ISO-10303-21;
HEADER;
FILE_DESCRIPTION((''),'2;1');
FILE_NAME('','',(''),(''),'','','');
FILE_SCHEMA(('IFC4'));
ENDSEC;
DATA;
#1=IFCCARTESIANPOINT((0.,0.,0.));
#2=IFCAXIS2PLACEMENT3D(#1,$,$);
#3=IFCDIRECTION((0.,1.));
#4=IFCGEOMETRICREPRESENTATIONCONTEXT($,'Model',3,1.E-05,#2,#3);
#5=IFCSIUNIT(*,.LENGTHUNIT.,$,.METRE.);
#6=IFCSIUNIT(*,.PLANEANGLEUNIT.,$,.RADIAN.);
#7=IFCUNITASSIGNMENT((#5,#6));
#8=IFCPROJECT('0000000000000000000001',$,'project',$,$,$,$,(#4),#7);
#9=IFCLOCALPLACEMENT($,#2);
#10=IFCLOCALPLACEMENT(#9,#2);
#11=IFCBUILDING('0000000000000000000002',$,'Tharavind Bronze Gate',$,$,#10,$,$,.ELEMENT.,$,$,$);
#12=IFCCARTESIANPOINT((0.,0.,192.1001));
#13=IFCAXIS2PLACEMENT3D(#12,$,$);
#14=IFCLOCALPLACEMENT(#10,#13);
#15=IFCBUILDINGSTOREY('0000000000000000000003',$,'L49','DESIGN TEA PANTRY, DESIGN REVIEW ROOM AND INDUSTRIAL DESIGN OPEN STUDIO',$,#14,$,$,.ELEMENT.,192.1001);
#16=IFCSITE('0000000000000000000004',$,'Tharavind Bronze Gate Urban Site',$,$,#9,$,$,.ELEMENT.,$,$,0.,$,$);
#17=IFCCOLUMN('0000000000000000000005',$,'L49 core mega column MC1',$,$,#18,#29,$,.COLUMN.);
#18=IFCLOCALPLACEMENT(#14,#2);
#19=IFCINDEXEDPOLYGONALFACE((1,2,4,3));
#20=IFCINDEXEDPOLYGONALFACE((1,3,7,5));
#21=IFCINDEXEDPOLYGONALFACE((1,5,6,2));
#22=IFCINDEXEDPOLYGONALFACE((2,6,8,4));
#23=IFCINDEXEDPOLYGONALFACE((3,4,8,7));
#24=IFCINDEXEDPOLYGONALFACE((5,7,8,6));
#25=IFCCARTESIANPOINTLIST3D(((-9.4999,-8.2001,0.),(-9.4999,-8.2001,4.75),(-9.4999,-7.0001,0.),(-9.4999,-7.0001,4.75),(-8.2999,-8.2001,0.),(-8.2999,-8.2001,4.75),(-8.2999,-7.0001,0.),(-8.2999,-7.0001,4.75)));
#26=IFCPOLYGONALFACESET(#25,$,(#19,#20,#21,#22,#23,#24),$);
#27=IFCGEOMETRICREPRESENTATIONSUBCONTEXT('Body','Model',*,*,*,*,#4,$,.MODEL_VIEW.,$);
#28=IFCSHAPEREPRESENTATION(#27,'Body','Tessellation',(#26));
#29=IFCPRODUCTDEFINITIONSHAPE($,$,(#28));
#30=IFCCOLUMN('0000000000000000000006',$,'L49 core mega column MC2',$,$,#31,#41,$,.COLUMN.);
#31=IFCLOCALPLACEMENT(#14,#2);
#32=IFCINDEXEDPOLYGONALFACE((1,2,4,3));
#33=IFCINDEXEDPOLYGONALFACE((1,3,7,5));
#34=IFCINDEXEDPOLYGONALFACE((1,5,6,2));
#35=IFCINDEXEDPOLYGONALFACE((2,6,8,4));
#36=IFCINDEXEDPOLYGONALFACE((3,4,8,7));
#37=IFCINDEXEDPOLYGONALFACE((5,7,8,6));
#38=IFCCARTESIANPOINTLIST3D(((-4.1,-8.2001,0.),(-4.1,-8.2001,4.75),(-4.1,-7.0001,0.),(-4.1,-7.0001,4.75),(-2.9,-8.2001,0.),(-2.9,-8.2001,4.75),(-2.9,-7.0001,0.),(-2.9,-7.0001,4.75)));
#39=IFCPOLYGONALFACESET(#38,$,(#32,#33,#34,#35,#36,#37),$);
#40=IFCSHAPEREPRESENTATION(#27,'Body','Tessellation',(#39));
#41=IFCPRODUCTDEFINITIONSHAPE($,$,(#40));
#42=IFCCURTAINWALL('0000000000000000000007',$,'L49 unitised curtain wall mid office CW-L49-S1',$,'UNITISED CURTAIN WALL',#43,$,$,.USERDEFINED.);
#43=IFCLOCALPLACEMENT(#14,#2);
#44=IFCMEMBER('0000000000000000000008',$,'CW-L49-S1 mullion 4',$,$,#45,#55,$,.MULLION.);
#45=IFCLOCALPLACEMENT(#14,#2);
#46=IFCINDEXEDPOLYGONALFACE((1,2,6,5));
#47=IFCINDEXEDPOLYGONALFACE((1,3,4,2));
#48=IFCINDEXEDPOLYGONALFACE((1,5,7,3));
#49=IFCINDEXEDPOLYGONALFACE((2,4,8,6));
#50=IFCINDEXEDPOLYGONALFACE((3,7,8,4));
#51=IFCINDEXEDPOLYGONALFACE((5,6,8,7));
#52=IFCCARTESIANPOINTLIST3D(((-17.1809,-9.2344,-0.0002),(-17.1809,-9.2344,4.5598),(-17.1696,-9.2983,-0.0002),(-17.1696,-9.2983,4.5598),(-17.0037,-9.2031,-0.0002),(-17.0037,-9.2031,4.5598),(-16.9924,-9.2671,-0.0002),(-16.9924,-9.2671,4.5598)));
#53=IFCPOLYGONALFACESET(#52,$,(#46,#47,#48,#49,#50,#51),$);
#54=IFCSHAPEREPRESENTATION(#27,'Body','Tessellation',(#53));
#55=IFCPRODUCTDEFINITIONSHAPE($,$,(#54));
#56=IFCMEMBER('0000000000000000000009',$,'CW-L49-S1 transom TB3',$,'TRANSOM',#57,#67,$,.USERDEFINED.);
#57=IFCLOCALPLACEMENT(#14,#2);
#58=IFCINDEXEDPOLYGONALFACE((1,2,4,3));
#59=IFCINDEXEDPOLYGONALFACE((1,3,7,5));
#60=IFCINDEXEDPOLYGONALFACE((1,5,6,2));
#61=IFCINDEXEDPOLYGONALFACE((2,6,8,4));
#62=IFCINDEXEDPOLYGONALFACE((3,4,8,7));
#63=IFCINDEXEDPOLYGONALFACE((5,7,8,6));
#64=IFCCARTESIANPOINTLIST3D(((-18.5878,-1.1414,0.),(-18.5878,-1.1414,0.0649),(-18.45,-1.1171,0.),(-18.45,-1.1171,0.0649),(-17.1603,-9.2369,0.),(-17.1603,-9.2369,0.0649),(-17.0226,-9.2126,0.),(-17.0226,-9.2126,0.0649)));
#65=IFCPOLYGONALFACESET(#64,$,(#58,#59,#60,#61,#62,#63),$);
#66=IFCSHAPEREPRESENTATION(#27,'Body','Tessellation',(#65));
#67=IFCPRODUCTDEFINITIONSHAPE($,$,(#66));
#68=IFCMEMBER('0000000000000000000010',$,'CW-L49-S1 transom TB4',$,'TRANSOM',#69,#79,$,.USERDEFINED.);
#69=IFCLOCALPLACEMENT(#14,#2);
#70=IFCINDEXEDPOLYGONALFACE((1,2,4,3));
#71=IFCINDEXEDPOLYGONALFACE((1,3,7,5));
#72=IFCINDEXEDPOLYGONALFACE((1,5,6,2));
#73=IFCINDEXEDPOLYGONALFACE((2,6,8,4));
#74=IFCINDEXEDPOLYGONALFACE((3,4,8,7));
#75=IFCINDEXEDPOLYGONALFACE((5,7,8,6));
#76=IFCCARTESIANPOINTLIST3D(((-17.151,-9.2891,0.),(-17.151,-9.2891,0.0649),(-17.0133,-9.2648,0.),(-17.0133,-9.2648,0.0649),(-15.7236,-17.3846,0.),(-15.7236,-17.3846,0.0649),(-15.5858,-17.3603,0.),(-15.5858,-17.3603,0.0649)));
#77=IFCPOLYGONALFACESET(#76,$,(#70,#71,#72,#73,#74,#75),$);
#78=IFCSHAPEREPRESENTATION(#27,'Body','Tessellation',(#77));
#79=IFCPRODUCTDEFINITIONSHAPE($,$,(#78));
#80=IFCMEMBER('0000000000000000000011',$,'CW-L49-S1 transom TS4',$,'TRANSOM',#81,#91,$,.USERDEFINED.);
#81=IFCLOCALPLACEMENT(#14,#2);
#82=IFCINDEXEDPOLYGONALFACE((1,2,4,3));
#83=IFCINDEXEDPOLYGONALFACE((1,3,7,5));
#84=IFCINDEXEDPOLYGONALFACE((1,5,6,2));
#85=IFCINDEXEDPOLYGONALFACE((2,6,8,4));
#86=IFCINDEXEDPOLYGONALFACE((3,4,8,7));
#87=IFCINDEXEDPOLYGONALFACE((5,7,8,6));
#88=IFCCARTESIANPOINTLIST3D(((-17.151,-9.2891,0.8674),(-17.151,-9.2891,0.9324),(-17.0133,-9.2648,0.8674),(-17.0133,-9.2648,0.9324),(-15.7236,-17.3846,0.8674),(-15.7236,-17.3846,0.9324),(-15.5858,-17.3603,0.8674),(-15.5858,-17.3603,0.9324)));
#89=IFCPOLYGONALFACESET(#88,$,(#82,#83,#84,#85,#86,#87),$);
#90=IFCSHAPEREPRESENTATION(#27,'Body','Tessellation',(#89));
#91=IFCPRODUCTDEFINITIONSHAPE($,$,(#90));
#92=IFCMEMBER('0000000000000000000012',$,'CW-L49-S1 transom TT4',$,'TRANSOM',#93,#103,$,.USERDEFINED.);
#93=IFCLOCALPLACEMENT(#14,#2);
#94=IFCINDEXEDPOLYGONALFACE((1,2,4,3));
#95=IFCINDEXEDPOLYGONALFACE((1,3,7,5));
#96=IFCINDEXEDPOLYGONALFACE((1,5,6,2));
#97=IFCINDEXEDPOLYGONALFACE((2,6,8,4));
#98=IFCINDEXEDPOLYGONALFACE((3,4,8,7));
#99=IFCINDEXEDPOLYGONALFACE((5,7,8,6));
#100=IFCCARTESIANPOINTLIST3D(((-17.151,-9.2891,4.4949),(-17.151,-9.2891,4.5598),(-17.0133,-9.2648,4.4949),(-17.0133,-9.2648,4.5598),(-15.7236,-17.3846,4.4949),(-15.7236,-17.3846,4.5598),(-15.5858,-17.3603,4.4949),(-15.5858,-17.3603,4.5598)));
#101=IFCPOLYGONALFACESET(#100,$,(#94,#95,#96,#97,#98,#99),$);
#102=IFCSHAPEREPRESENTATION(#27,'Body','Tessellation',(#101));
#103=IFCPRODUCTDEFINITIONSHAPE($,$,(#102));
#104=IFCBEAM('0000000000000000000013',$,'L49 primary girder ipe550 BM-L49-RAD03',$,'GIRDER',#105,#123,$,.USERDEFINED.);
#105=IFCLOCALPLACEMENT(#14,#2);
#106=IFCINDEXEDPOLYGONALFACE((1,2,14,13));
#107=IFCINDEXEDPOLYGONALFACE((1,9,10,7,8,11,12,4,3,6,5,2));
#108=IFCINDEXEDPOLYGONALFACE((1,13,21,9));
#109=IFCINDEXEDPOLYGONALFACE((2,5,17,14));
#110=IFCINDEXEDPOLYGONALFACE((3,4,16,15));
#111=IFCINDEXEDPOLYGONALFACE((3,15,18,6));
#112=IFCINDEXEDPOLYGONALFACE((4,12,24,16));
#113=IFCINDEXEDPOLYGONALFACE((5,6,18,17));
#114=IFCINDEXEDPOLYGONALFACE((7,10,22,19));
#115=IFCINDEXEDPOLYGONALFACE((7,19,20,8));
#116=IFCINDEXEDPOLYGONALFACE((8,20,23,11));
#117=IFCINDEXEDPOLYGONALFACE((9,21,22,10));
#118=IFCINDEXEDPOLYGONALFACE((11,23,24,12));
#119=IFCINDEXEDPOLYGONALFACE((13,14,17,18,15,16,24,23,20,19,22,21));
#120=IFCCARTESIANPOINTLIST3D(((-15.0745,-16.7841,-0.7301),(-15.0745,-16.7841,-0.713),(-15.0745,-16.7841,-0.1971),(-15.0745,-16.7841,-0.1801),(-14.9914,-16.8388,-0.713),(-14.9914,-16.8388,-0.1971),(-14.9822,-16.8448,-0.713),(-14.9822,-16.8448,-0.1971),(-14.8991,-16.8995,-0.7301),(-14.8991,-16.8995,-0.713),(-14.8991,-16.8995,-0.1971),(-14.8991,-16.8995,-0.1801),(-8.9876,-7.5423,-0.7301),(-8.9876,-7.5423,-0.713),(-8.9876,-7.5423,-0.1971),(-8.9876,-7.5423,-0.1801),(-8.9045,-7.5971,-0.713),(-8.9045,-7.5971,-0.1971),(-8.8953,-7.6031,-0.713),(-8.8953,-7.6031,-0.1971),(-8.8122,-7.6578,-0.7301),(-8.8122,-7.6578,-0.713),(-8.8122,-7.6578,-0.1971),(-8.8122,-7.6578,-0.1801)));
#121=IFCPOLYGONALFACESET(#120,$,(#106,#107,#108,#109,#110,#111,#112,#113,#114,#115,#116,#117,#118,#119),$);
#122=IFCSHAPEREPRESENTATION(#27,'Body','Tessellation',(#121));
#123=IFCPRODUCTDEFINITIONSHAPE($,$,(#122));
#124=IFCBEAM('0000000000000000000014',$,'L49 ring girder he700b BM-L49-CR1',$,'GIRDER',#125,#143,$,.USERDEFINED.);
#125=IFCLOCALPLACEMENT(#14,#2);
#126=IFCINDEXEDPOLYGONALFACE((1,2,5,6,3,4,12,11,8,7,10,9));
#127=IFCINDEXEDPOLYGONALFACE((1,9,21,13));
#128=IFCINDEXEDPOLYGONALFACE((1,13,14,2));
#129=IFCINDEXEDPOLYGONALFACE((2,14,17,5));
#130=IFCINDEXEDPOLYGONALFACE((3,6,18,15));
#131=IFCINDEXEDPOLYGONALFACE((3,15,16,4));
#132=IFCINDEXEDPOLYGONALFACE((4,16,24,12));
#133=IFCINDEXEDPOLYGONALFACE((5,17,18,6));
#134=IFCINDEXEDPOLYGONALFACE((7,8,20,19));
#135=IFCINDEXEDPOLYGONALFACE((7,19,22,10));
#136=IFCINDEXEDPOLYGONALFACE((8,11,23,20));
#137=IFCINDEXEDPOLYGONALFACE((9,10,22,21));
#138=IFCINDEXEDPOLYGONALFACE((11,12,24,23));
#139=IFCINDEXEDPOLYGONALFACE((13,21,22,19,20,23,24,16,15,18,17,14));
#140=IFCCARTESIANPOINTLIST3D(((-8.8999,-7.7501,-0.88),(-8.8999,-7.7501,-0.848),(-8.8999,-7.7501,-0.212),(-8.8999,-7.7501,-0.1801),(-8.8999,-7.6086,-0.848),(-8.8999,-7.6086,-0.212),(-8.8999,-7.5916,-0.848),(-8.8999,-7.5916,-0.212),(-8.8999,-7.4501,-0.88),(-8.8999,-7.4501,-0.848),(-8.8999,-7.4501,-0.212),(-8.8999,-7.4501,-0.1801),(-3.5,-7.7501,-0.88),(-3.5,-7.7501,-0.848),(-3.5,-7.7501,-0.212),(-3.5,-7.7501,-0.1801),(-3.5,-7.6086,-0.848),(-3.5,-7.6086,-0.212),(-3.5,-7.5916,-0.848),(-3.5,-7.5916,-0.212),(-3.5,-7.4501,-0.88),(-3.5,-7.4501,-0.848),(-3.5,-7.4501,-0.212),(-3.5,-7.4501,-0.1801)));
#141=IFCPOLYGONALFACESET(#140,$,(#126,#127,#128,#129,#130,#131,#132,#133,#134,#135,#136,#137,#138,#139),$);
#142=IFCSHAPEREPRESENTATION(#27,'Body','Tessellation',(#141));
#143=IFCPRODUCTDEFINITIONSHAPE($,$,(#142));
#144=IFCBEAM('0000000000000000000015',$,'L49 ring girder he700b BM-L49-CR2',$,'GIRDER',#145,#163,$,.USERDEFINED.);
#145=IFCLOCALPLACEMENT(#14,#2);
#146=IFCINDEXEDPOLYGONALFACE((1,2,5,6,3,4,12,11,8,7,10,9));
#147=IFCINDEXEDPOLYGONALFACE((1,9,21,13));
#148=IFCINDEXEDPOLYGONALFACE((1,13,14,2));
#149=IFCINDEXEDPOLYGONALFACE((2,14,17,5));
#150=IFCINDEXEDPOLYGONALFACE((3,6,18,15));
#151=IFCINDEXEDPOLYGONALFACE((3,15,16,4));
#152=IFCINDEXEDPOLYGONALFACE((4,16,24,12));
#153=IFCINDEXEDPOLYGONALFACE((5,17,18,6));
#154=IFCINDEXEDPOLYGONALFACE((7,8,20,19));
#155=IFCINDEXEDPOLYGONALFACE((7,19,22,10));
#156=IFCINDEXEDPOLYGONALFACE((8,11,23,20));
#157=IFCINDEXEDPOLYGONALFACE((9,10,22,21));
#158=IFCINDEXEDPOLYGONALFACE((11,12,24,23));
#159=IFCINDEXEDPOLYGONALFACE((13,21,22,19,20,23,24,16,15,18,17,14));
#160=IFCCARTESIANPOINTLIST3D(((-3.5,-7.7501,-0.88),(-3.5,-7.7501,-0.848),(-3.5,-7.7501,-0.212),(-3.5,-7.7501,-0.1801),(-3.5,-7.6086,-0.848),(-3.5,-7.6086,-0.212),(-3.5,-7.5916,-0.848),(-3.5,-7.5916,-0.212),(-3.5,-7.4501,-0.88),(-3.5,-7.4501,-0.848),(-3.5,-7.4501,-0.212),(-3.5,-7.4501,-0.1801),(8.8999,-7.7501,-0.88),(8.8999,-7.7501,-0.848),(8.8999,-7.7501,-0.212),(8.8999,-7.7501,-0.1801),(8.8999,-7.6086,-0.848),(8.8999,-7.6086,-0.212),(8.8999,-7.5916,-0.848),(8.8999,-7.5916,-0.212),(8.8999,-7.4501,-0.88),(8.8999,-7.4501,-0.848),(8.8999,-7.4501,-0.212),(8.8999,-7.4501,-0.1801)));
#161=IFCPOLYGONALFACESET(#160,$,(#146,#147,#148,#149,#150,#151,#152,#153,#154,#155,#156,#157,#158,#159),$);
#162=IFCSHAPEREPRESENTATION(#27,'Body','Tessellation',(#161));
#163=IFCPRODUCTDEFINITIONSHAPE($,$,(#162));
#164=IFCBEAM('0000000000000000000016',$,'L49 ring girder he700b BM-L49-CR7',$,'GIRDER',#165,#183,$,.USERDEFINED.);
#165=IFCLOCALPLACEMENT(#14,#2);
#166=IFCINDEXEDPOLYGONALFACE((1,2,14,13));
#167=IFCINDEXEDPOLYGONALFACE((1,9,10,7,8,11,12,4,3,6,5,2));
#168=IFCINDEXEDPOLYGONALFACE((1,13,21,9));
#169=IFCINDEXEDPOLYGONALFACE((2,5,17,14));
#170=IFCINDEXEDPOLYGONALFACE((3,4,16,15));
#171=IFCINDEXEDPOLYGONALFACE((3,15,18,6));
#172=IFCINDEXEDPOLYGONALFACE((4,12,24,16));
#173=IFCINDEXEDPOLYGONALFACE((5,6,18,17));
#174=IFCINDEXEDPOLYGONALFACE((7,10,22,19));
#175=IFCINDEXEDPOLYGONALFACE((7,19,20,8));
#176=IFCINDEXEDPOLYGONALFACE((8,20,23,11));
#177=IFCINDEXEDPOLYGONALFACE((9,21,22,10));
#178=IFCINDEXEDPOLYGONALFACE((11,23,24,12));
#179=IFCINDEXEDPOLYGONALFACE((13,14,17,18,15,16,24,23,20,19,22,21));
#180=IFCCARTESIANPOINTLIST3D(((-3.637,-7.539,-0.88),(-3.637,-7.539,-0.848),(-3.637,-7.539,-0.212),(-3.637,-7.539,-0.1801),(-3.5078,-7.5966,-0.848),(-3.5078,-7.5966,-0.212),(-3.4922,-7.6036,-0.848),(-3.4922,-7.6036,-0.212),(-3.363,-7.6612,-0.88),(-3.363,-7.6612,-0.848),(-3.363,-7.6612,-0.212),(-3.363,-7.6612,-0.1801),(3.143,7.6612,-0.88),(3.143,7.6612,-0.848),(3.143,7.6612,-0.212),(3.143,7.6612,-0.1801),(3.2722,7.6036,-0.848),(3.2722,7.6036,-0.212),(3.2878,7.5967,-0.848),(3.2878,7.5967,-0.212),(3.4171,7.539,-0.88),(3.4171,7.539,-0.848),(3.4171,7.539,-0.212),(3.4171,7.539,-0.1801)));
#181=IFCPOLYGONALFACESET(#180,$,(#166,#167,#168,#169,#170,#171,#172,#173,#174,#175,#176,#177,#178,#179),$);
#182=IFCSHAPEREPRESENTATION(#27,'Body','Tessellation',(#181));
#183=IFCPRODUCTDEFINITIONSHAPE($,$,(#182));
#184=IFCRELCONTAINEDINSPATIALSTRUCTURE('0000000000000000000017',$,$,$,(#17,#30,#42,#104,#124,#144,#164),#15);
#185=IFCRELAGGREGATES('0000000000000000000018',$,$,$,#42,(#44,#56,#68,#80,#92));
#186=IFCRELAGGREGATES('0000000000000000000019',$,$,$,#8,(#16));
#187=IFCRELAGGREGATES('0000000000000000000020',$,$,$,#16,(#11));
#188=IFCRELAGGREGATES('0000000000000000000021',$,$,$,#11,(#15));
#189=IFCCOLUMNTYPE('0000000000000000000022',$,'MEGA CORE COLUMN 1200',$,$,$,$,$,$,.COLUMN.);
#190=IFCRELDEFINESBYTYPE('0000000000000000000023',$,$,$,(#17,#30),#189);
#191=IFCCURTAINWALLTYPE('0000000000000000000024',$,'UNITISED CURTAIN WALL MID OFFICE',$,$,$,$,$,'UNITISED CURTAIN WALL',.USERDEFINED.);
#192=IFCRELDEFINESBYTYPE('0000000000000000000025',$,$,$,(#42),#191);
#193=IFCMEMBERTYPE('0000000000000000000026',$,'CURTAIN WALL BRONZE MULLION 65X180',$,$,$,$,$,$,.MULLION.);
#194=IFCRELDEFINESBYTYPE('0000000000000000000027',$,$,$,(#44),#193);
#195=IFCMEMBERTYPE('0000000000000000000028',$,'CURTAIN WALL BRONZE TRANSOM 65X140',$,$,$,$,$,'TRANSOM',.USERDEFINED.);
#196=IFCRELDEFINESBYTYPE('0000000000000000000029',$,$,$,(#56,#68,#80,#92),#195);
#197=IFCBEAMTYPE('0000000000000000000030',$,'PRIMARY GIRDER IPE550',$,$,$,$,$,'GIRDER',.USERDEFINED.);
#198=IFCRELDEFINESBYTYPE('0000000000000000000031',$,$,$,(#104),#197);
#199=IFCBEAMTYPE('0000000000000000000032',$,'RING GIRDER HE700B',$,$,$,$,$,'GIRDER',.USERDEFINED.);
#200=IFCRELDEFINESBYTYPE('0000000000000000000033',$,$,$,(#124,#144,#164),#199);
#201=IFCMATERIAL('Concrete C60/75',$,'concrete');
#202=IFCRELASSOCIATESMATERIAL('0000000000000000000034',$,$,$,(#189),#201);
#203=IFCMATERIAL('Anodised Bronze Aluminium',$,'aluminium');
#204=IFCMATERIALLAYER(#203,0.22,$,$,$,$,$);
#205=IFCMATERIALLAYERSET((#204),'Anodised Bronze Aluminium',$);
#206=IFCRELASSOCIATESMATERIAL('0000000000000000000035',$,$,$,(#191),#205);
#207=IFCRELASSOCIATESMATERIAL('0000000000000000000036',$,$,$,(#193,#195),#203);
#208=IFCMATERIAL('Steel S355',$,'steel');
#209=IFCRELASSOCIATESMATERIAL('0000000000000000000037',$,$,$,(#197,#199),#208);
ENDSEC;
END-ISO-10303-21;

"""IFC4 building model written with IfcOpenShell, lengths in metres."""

from ifc_helpers import new_model, si_unit, direction, frame, origin, origin_2d, place, context, subcontext, project, spatial, rectangle, i_section, extrude, material, layer, layer_set, material_profile, profile_set, type_object, element, aggregate, save


model = new_model("IFC4")

# Units and contexts
model_context = context("Model", 3, precision=1e-05, world=origin(), true_north=direction((0.0, 1.0)))
body_context = subcontext(model_context, "Body", "Model", "MODEL_VIEW")
ifc_project = project(units=[si_unit("LENGTHUNIT", "METRE"), si_unit("PLANEANGLEUNIT", "RADIAN")], contexts=[model_context])

# Site, building, storey
site_placement = place(None, origin())
site = spatial("IfcSite", under=ifc_project, at=site_placement, Name="Tharavind Bronze Gate Urban Site", CompositionType="ELEMENT", RefElevation=0.0)
building_placement = place(site_placement, origin())
building = spatial("IfcBuilding", under=site, at=building_placement, Name="Tharavind Bronze Gate", CompositionType="ELEMENT")
storey_placement = place(building_placement, frame((0.0, 0.0, 192.1001)))
storey = spatial("IfcBuildingStorey", under=building, at=storey_placement, Name="L49", Description="DESIGN TEA PANTRY, DESIGN REVIEW ROOM AND INDUSTRIAL DESIGN OPEN STUDIO", CompositionType="ELEMENT", Elevation=192.1001)

# Columns
ifc_material_1 = material(Name="Concrete C60/75", Category="concrete")
ifc_material_profile_1 = material_profile(ifc_material_1, rectangle(XDim=1.2, YDim=1.2, at=origin_2d()), Name="RCCOL1200")
ifc_profile_set_1 = profile_set([ifc_material_profile_1], Name="Concrete C60/75")
column_type = type_object("IfcColumnType", Name="MEGA CORE COLUMN 1200", PredefinedType="COLUMN", material=ifc_profile_set_1)
for number, where, z_axis, x_axis, name in (
    (1, (-8.8999, -7.6001, 0.0), (0.0, 0.0, 1.0), (1.0, 0.0, 0.0), "L49 core mega column MC1"),
    (2, (-3.5, -7.6001, 0.0), (0.0, 0.0, 1.0), (1.0, 0.0, 0.0), "L49 core mega column MC2"),
):
    element("IfcColumn", number, at=place(storey_placement, frame(where, z_axis=z_axis, x_axis=x_axis)), inside=storey, type_object=column_type, Name=name, PredefinedType="COLUMN", context=body_context, shape_type="SweptSolid", body=[
        extrude(rectangle(XDim=1.2, YDim=1.2, at=origin_2d()), origin(), (0.0, 0.0, 1.0), 4.75),
    ])

# Curtain wall, members
ifc_material_2 = material(Name="Anodised Bronze Aluminium", Category="aluminium")
ifc_layer_1 = layer(ifc_material_2, 0.22)
ifc_layer_set_1 = layer_set([ifc_layer_1], Name="Anodised Bronze Aluminium")
curtain_wall_type = type_object("IfcCurtainWallType", Name="UNITISED CURTAIN WALL MID OFFICE", ElementType="UNITISED CURTAIN WALL", PredefinedType="USERDEFINED", material=ifc_layer_set_1)
curtain_wall_placement = place(storey_placement, origin())
curtain_wall = element("IfcCurtainWall", 3, at=curtain_wall_placement, inside=storey, type_object=curtain_wall_type, Name="L49 unitised curtain wall mid office CW-L49-S1", ObjectType="UNITISED CURTAIN WALL", PredefinedType="USERDEFINED")
member_type_1 = type_object("IfcMemberType", Name="CURTAIN WALL BRONZE MULLION 65X180", PredefinedType="MULLION", material=ifc_material_2)
member_1_placement = place(storey_placement, frame((-17.0867, -9.2507, -0.0002), z_axis=(0.0, 0.0, 1.0), x_axis=(0.173648, -0.984808, 0.0)))
member_1 = element("IfcMember", 4, at=member_1_placement, type_object=member_type_1, Name="CW-L49-S1 mullion 4", PredefinedType="MULLION", context=body_context, shape_type="SweptSolid", body=[
    extrude(rectangle(XDim=0.0649, YDim=0.1799, at=origin_2d()), origin(), (0.0, 0.0, 1.0), 4.5601),
])
member_type_2 = type_object("IfcMemberType", Name="CURTAIN WALL BRONZE TRANSOM 65X140", ElementType="TRANSOM", PredefinedType="USERDEFINED", material=ifc_material_2)
member_2_placement = place(storey_placement, frame((-17.8052, -5.177, 0.0), z_axis=(0.0, 0.0, 1.0), x_axis=(0.173648, -0.984808, 0.0)))
member_2 = element("IfcMember", 5, at=member_2_placement, type_object=member_type_2, Name="CW-L49-S1 transom TB3", ObjectType="TRANSOM", PredefinedType="USERDEFINED", context=body_context, shape_type="SweptSolid", body=[
    extrude(rectangle(XDim=8.2205, YDim=0.1399, at=origin_2d()), origin(), (0.0, 0.0, 1.0), 0.0649),
])
member_3_placement = place(storey_placement, frame((-16.3684, -13.3247, 0.0), z_axis=(0.0, 0.0, 1.0), x_axis=(0.173648, -0.984808, 0.0)))
member_3 = element("IfcMember", 6, at=member_3_placement, type_object=member_type_2, Name="CW-L49-S1 transom TB4", ObjectType="TRANSOM", PredefinedType="USERDEFINED", context=body_context, shape_type="SweptSolid", body=[
    extrude(rectangle(XDim=8.2205, YDim=0.1399, at=origin_2d()), origin(), (0.0, 0.0, 1.0), 0.0649),
])
member_4_placement = place(storey_placement, frame((-16.3684, -13.3247, 0.8674), z_axis=(0.0, 0.0, 1.0), x_axis=(0.173648, -0.984808, 0.0)))
member_4 = element("IfcMember", 7, at=member_4_placement, type_object=member_type_2, Name="CW-L49-S1 transom TS4", ObjectType="TRANSOM", PredefinedType="USERDEFINED", context=body_context, shape_type="SweptSolid", body=[
    extrude(rectangle(XDim=8.2205, YDim=0.1399, at=origin_2d()), origin(), (0.0, 0.0, 1.0), 0.0649),
])
member_5_placement = place(storey_placement, frame((-16.3684, -13.3247, 4.4949), z_axis=(0.0, 0.0, 1.0), x_axis=(0.173648, -0.984808, 0.0)))
member_5 = element("IfcMember", 8, at=member_5_placement, type_object=member_type_2, Name="CW-L49-S1 transom TT4", ObjectType="TRANSOM", PredefinedType="USERDEFINED", context=body_context, shape_type="SweptSolid", body=[
    extrude(rectangle(XDim=8.2205, YDim=0.1399, at=origin_2d()), origin(), (0.0, 0.0, 1.0), 0.0649),
])

# Beams
ifc_material_3 = material(Name="Steel S355", Category="steel")
ifc_material_profile_2 = material_profile(ifc_material_3, i_section(OverallWidth=0.21, OverallDepth=0.55, WebThickness=0.011, FlangeThickness=0.0171, at=origin_2d()), Name="IPE550")
ifc_profile_set_2 = profile_set([ifc_material_profile_2], Name="Steel S355")
beam_type_1 = type_object("IfcBeamType", Name="PRIMARY GIRDER IPE550", ElementType="GIRDER", PredefinedType="USERDEFINED", material=ifc_profile_set_2)
beam_1_placement = place(storey_placement, frame((-14.9868, -16.8418, -0.4551), z_axis=(0.550048, 0.835133, 0.0), x_axis=(-0.835133, 0.550048, 0.0)))
element("IfcBeam", 9, at=beam_1_placement, inside=storey, type_object=beam_type_1, Name="L49 primary girder ipe550 BM-L49-RAD03", ObjectType="GIRDER", PredefinedType="USERDEFINED", context=body_context, shape_type="SweptSolid", body=[
    extrude(i_section(OverallWidth=0.21, OverallDepth=0.55, WebThickness=0.011, FlangeThickness=0.0171, at=origin_2d()), origin(), (0.0, 0.0, 1.0), 11.0662),
])
ifc_material_profile_3 = material_profile(ifc_material_3, i_section(OverallWidth=0.3, OverallDepth=0.7, WebThickness=0.0171, FlangeThickness=0.032, at=origin_2d()), Name="HE700B")
ifc_profile_set_3 = profile_set([ifc_material_profile_3], Name="Steel S355")
beam_type_2 = type_object("IfcBeamType", Name="RING GIRDER HE700B", ElementType="GIRDER", PredefinedType="USERDEFINED", material=ifc_profile_set_3)
beam_2_placement = place(storey_placement, frame((-8.8999, -7.6001, -0.53), z_axis=(1.0, 0.0, 0.0), x_axis=(0.0, 1.0, 0.0)))
element("IfcBeam", 10, at=beam_2_placement, inside=storey, type_object=beam_type_2, Name="L49 ring girder he700b BM-L49-CR1", ObjectType="GIRDER", PredefinedType="USERDEFINED", context=body_context, shape_type="SweptSolid", body=[
    extrude(i_section(OverallWidth=0.3, OverallDepth=0.7, WebThickness=0.0171, FlangeThickness=0.032, at=origin_2d()), origin(), (0.0, 0.0, 1.0), 5.3999),
])
beam_3_placement = place(storey_placement, frame((-3.5, -7.6001, -0.53), z_axis=(1.0, 0.0, 0.0), x_axis=(0.0, 1.0, 0.0)))
element("IfcBeam", 11, at=beam_3_placement, inside=storey, type_object=beam_type_2, Name="L49 ring girder he700b BM-L49-CR2", ObjectType="GIRDER", PredefinedType="USERDEFINED", context=body_context, shape_type="SweptSolid", body=[
    extrude(i_section(OverallWidth=0.3, OverallDepth=0.7, WebThickness=0.0171, FlangeThickness=0.032, at=origin_2d()), origin(), (0.0, 0.0, 1.0), 12.3999),
])
beam_4_placement = place(storey_placement, frame((-3.5, -7.6001, -0.53), z_axis=(0.407362, 0.913267, 0.0), x_axis=(-0.913267, 0.407362, 0.0)))
element("IfcBeam", 12, at=beam_4_placement, inside=storey, type_object=beam_type_2, Name="L49 ring girder he700b BM-L49-CR7", ObjectType="GIRDER", PredefinedType="USERDEFINED", context=body_context, shape_type="SweptSolid", body=[
    extrude(i_section(OverallWidth=0.3, OverallDepth=0.7, WebThickness=0.0171, FlangeThickness=0.032, at=origin_2d()), origin(), (0.0, 0.0, 1.0), 16.6438),
])

aggregate(curtain_wall, [member_1, member_2, member_3, member_4, member_5])

save(model, "model.ifc")
